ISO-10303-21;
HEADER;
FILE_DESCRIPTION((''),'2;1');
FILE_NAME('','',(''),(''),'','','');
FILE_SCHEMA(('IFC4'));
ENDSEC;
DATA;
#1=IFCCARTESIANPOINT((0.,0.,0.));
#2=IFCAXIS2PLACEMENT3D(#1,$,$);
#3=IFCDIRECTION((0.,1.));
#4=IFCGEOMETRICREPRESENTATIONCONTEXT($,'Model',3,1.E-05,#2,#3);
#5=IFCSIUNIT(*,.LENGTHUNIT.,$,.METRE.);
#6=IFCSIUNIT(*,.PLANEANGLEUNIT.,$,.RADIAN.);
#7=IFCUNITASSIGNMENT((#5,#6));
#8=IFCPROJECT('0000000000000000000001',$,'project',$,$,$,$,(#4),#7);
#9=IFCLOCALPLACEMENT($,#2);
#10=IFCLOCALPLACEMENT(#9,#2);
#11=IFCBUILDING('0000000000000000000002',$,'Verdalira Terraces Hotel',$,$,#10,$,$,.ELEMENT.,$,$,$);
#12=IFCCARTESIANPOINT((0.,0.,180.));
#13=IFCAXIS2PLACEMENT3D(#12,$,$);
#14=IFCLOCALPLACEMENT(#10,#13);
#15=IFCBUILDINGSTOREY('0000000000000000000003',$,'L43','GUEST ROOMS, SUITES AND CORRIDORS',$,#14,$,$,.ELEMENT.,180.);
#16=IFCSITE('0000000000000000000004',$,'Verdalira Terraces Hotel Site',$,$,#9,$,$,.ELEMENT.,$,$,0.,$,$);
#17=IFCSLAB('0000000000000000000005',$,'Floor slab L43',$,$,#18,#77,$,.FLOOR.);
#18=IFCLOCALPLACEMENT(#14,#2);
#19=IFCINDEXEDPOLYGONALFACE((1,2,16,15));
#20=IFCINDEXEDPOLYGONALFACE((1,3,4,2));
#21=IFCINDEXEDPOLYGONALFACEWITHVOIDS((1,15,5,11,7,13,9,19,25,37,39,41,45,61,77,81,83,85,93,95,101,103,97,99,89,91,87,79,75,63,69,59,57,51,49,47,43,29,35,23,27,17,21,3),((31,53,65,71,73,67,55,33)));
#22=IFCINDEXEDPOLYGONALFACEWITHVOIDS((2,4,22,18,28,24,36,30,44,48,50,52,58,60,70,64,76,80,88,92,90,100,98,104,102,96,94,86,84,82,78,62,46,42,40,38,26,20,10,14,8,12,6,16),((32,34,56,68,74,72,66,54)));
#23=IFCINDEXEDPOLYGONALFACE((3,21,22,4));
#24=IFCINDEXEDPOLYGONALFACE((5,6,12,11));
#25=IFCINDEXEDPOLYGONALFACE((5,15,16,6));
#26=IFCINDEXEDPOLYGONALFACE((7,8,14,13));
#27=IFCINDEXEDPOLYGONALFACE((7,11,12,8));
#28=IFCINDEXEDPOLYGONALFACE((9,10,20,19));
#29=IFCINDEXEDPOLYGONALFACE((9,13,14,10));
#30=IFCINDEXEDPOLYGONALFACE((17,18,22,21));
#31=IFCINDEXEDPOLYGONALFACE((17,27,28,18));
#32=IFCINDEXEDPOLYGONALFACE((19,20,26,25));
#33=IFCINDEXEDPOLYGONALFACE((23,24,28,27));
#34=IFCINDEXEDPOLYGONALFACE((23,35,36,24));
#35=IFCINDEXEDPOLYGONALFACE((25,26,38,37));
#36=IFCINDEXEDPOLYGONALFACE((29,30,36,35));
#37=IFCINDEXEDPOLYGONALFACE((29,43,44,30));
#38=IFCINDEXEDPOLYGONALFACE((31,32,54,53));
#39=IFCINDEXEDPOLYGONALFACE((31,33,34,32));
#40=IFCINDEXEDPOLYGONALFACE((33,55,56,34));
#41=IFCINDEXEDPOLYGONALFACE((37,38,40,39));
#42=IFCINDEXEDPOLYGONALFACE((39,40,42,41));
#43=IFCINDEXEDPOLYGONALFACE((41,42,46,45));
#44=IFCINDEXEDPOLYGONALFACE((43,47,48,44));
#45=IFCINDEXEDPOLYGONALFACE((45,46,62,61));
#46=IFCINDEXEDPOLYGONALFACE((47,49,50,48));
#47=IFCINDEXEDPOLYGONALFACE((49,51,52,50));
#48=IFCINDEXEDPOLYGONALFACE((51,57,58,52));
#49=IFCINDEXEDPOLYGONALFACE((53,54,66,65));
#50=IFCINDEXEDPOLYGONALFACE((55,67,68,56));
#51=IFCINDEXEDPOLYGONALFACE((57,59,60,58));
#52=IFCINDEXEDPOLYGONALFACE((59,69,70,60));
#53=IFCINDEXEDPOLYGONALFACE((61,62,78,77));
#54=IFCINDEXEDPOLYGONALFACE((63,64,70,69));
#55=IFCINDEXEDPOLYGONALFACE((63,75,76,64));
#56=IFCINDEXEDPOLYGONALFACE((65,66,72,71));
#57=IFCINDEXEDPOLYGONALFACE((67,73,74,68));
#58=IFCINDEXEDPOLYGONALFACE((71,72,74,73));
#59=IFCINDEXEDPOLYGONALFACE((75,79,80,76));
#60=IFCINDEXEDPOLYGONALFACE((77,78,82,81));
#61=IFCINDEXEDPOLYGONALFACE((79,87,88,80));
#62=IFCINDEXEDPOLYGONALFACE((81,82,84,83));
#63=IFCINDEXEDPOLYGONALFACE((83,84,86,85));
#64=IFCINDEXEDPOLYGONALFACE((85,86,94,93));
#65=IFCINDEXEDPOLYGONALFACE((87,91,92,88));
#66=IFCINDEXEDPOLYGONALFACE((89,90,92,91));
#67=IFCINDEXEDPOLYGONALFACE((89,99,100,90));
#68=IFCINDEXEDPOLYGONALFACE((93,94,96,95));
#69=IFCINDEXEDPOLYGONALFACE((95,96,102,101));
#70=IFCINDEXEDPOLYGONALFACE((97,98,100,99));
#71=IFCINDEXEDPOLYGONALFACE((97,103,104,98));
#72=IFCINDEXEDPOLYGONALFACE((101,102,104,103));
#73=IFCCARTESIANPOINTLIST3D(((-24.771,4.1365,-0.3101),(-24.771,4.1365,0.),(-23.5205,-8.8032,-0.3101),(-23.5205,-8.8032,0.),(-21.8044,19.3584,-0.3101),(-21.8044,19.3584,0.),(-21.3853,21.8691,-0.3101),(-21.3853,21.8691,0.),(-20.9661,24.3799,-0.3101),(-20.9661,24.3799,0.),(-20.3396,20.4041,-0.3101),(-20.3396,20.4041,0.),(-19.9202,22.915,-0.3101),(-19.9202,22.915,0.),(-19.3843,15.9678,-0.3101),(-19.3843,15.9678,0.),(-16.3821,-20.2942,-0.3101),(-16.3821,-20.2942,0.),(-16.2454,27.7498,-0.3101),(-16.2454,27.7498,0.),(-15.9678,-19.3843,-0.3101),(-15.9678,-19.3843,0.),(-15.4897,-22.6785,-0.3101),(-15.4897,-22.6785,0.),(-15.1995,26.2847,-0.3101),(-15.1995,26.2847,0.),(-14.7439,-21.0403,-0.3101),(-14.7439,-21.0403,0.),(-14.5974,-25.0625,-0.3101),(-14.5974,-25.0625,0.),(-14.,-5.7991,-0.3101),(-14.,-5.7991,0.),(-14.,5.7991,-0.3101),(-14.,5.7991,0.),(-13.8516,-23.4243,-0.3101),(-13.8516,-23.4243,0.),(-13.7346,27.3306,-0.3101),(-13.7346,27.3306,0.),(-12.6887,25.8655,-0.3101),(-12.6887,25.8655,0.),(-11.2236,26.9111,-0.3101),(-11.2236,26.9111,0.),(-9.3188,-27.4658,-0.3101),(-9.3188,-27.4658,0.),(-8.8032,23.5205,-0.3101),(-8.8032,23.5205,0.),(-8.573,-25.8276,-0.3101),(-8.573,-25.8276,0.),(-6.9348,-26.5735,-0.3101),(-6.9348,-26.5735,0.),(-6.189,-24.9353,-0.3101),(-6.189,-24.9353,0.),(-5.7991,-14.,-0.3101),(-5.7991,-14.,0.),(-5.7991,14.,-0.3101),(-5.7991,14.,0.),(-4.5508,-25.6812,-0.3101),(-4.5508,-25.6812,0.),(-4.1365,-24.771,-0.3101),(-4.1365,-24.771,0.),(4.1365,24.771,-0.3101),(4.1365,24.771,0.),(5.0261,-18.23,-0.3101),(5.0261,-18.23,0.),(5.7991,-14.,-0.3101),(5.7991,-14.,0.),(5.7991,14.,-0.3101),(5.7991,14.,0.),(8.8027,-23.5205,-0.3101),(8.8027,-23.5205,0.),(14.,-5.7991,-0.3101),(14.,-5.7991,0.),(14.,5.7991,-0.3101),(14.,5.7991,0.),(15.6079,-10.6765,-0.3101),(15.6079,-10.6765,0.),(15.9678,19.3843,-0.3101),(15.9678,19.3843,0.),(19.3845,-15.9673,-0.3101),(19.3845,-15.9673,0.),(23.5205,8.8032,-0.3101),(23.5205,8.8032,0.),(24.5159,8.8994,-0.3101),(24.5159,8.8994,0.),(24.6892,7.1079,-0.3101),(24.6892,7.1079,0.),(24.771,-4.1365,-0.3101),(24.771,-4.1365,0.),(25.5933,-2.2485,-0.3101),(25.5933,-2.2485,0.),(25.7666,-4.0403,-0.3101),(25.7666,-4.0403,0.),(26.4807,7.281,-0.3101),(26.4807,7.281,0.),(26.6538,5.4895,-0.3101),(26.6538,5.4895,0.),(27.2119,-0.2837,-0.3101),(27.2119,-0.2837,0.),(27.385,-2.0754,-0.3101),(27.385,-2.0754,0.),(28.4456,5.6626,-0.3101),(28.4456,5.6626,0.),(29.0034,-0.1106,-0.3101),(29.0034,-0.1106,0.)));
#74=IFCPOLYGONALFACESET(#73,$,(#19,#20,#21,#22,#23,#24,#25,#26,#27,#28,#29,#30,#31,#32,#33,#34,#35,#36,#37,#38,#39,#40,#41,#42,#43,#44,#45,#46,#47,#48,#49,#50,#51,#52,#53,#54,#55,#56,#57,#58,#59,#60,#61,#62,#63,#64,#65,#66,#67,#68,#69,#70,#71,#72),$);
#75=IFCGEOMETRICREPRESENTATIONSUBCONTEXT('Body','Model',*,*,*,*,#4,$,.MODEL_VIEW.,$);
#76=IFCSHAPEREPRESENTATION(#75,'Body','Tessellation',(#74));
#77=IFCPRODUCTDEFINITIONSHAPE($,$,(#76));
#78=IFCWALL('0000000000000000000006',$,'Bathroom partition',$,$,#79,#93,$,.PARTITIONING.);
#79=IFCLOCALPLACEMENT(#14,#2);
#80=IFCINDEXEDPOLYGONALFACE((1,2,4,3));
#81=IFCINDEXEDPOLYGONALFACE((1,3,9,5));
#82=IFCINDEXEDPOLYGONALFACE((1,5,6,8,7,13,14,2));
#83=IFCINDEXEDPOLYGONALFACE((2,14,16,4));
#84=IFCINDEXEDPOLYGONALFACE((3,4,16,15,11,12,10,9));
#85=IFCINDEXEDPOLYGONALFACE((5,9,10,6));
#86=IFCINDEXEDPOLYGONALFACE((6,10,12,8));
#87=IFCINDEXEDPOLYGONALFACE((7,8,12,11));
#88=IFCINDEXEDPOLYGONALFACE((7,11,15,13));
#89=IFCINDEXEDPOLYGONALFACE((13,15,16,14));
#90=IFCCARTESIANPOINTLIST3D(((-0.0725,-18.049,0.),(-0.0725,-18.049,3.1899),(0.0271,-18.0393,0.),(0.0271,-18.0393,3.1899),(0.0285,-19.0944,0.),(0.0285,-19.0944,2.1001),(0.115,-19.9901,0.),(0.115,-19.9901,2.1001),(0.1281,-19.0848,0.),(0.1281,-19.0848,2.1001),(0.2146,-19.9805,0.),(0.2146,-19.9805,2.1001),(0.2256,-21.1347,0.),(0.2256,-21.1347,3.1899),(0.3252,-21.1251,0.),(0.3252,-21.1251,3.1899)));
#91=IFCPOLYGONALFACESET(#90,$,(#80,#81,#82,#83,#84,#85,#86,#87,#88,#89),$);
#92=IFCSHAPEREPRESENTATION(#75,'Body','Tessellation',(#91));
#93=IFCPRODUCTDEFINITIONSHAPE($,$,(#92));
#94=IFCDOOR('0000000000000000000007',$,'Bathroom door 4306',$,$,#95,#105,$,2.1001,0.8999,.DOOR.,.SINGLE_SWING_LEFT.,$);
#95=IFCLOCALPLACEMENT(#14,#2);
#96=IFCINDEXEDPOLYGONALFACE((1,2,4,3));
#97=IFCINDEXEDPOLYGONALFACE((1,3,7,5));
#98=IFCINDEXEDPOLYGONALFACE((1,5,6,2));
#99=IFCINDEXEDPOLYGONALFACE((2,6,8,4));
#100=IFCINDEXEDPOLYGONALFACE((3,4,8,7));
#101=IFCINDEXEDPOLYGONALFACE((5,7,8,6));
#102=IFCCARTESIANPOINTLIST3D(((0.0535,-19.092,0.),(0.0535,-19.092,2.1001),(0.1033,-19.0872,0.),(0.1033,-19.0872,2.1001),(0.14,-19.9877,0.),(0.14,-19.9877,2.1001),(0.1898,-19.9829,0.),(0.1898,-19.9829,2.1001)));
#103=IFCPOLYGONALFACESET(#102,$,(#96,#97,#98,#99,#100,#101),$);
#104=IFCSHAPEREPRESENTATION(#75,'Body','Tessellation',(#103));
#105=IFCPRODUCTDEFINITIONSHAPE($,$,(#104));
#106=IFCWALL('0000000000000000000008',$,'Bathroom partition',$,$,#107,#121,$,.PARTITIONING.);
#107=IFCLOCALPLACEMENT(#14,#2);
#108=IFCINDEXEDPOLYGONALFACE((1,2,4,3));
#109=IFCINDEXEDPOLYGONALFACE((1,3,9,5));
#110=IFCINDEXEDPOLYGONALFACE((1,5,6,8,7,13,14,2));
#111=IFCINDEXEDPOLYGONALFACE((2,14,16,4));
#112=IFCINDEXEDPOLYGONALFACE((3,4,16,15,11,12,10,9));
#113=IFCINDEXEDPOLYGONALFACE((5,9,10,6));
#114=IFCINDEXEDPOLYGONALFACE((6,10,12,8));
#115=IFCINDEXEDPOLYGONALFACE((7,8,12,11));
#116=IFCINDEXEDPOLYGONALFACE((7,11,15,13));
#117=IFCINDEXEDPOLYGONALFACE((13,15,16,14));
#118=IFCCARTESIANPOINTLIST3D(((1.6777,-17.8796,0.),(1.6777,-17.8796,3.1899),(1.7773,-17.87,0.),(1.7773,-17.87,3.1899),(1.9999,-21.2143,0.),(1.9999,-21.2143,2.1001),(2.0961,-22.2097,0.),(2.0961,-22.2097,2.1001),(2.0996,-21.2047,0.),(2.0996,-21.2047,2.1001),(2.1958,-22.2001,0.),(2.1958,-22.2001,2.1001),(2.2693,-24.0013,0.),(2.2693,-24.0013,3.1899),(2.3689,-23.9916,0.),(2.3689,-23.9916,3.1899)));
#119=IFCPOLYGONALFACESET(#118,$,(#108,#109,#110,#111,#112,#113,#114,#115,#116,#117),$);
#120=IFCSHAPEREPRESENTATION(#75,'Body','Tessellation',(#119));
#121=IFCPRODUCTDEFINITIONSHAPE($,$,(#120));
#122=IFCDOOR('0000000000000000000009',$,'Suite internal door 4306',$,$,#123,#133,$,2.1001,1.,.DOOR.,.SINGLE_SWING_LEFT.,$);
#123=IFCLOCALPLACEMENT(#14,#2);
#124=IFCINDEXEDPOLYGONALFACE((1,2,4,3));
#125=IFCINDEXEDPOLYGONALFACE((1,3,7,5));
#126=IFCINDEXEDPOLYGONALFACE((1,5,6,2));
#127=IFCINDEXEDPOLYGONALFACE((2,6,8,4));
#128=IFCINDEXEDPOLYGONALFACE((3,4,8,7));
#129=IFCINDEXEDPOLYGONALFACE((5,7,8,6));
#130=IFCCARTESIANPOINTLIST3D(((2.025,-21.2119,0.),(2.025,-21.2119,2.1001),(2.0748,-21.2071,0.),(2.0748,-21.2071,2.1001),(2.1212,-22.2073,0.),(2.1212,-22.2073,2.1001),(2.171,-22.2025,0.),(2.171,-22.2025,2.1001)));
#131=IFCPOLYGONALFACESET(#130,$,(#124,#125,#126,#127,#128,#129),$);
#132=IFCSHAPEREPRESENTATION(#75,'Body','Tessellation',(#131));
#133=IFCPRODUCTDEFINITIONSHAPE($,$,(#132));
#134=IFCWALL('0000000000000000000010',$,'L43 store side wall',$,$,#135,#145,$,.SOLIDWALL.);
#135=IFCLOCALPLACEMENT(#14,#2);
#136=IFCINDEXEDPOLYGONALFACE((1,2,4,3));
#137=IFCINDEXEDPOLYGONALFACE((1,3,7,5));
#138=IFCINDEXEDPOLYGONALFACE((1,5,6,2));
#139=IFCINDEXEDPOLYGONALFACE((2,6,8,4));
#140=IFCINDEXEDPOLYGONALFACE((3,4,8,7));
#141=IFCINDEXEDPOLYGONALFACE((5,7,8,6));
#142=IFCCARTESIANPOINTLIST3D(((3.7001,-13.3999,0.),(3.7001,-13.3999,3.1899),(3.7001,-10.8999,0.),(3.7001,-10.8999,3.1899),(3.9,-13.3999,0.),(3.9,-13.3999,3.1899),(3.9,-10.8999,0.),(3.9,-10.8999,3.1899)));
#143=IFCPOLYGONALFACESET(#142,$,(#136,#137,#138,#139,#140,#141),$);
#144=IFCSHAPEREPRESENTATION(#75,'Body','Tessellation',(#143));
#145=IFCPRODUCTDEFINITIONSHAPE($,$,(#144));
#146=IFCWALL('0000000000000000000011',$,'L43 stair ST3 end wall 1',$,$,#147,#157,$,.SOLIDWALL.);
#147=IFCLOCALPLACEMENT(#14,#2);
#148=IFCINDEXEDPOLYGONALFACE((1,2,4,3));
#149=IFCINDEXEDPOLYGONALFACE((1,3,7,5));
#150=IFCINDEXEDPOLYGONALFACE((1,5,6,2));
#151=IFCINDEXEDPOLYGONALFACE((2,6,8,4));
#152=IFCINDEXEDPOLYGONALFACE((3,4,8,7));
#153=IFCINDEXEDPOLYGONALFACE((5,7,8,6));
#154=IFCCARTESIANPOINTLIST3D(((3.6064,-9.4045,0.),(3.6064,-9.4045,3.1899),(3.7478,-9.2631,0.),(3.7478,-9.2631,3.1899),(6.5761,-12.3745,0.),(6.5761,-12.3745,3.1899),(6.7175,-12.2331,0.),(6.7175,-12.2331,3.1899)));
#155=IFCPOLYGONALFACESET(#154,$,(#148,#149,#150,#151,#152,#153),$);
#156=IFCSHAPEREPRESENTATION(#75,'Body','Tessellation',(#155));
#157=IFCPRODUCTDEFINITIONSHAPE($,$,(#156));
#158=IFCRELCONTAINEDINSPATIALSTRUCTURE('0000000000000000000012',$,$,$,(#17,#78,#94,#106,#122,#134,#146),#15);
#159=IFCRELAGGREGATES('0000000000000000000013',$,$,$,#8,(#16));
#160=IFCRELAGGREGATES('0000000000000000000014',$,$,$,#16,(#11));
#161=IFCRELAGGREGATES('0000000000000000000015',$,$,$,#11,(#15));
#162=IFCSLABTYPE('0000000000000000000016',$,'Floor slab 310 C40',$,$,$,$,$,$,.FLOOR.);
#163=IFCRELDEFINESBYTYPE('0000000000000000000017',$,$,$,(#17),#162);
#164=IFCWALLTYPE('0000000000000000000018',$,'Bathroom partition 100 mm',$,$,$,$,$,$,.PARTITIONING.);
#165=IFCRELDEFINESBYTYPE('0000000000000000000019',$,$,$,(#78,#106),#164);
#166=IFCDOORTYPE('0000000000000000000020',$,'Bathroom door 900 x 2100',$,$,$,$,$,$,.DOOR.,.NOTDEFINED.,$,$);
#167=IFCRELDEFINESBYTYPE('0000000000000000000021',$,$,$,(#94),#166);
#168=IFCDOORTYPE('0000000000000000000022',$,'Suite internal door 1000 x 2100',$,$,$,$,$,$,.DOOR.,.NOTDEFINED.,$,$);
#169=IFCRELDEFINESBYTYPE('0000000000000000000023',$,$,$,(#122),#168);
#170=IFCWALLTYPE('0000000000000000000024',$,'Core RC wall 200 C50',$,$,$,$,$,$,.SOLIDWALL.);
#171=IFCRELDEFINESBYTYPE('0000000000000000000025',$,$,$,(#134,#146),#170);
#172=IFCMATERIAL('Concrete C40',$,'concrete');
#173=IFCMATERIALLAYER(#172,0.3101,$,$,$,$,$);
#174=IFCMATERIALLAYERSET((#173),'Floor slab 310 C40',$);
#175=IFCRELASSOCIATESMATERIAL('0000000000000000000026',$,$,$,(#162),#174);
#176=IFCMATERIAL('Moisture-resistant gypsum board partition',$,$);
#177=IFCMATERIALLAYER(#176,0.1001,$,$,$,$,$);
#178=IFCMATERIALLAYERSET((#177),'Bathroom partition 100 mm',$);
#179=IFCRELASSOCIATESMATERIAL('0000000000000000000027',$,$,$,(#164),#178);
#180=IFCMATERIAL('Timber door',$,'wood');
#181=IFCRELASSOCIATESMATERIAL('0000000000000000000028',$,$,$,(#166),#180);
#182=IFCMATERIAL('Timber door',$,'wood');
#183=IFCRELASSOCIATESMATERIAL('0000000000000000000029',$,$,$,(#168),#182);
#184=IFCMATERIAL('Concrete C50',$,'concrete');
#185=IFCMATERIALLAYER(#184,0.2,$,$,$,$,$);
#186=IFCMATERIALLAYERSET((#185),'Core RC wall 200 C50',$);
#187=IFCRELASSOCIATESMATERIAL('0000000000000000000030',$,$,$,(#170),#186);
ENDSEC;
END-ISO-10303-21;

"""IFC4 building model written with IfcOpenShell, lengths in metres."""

from ifc_helpers import new_model, si_unit, direction, frame, frame_2d, origin, place, context, subcontext, project, spatial, polyline, rectangle, outline, extrude, material, layer, layer_set, type_object, element, fill, save


model = new_model("IFC4")

# Units and contexts
model_context = context("Model", 3, precision=1e-05, world=origin(), true_north=direction((0.0, 1.0)))
body_context = subcontext(model_context, "Body", "Model", "MODEL_VIEW")
ifc_project = project(units=[si_unit("LENGTHUNIT", "METRE"), si_unit("PLANEANGLEUNIT", "RADIAN")], contexts=[model_context])

# Site, building, storey
site_placement = place(None, origin())
site = spatial("IfcSite", under=ifc_project, at=site_placement, Name="Verdalira Terraces Hotel Site", CompositionType="ELEMENT", RefElevation=0.0)
building_placement = place(site_placement, origin())
building = spatial("IfcBuilding", under=site, at=building_placement, Name="Verdalira Terraces Hotel", CompositionType="ELEMENT")
storey_placement = place(building_placement, frame((0.0, 0.0, 180.0)))
storey = spatial("IfcBuildingStorey", under=building, at=storey_placement, Name="L43", Description="GUEST ROOMS, SUITES AND CORRIDORS", CompositionType="ELEMENT", Elevation=180.0)

# Slab
ifc_material_1 = material(Name="Concrete C40", Category="concrete")
ifc_layer_1 = layer(ifc_material_1, 0.3101)
ifc_layer_set_1 = layer_set([ifc_layer_1], Name="Floor slab 310 C40")
slab_type_1 = type_object("IfcSlabType", Name="Floor slab 310 C40", PredefinedType="FLOOR", material=ifc_layer_set_1)
slab_1_placement = place(storey_placement, frame((0.0, 0.0, -0.3101)))
element("IfcSlab", 1, at=slab_1_placement, inside=storey, type_object=slab_type_1, Name="Floor slab L43", PredefinedType="FLOOR", context=body_context, shape_type="SweptSolid", body=[
    extrude(outline(polyline([(-4.5508, -25.6812), (-4.1365, -24.771), (8.8027, -23.5205), (5.0261, -18.23), (15.6079, -10.6765), (19.3845, -15.9673), (24.771, -4.1365), (25.7666, -4.0403), (25.5933, -2.2485), (27.385, -2.0754), (27.2119, -0.2837), (29.0034, -0.1106), (28.4456, 5.6626), (26.6538, 5.4895), (26.4807, 7.281), (24.6892, 7.1079), (24.5159, 8.8994), (23.5205, 8.8032), (15.9678, 19.3843), (4.1365, 24.771), (-8.8032, 23.5205), (-11.2236, 26.9111), (-12.6887, 25.8655), (-13.7346, 27.3306), (-15.1995, 26.2847), (-16.2454, 27.7498), (-20.9661, 24.3799), (-19.9202, 22.915), (-21.3853, 21.8691), (-20.3396, 20.4041), (-21.8044, 19.3584), (-19.3843, 15.9678), (-24.771, 4.1365), (-23.5205, -8.8032), (-15.9678, -19.3843), (-16.3821, -20.2942), (-14.7439, -21.0403), (-15.4897, -22.6785), (-13.8516, -23.4243), (-14.5974, -25.0625), (-9.3188, -27.4658), (-8.573, -25.8276), (-6.9348, -26.5735), (-6.189, -24.9353), (-4.5508, -25.6812)]), holes=[polyline([(5.7991, 14.0), (14.0, 5.7991), (14.0, -5.7991), (5.7991, -14.0), (-5.7991, -14.0), (-14.0, -5.7991), (-14.0, 5.7991), (-5.7991, 14.0), (5.7991, 14.0)])]), origin(), (0.0, 0.0, 1.0), 0.3101),
])

# Walls, openings, doors
ifc_material_2 = material(Name="Moisture-resistant gypsum board partition")
ifc_layer_2 = layer(ifc_material_2, 0.1001)
ifc_layer_set_2 = layer_set([ifc_layer_2], Name="Bathroom partition 100 mm")
wall_type_1 = type_object("IfcWallType", Name="Bathroom partition 100 mm", PredefinedType="PARTITIONING", material=ifc_layer_set_2)
wall_1_placement = place(storey_placement, frame((0.2754, -21.1299, 0.0), z_axis=(0.0, 0.0, 1.0), x_axis=(-0.096158, 0.995366, 0.0)))
wall_1 = element("IfcWall", 2, at=wall_1_placement, inside=storey, type_object=wall_type_1, Name="Bathroom partition", PredefinedType="PARTITIONING", context=body_context, shape_type="SweptSolid", body=[
    extrude(rectangle(XDim=3.1001, YDim=0.1001, at=frame_2d((1.55, 0.0))), origin(), (0.0, 0.0, 1.0), 3.1899),
])
opening_1_placement = place(wall_1_placement, frame((1.1499, 0.0, 0.0)))
opening_1 = element("IfcOpeningElement", 3, at=opening_1_placement, cuts=wall_1, PredefinedType="OPENING", context=body_context, shape_type="SweptSolid", body=[
    extrude(rectangle(XDim=0.8999, YDim=2.1001, at=frame_2d((0.45, 1.05))), frame((0.0, 0.0601, 0.0), z_axis=(0.0, -1.0, 0.0), x_axis=(1.0, 0.0, 0.0)), (0.0, 0.0, 1.0), 0.1201),
])
ifc_material_3 = material(Name="Timber door", Category="wood")
door_type_1 = type_object("IfcDoorType", Name="Bathroom door 900 x 2100", OperationType="NOTDEFINED", PredefinedType="DOOR", material=ifc_material_3)
door_1_placement = place(opening_1_placement, origin())
door_1 = element("IfcDoor", 4, at=door_1_placement, inside=storey, type_object=door_type_1, Name="Bathroom door 4306", OperationType="SINGLE_SWING_LEFT", OverallHeight=2.1001, OverallWidth=0.8999, PredefinedType="DOOR", context=body_context, shape_type="SweptSolid", body=[
    extrude(rectangle(XDim=0.8999, YDim=2.1001, at=frame_2d((0.45, 1.05))), frame((0.0, 0.0249, 0.0), z_axis=(0.0, -1.0, 0.0), x_axis=(1.0, 0.0, 0.0)), (0.0, 0.0, 1.0), 0.05),
])
fill(opening_1, door_1)
wall_2_placement = place(storey_placement, frame((2.3191, -23.9966, 0.0), z_axis=(0.0, 0.0, 1.0), x_axis=(-0.096186, 0.995363, 0.0)))
wall_2 = element("IfcWall", 5, at=wall_2_placement, inside=storey, type_object=wall_type_1, Name="Bathroom partition", PredefinedType="PARTITIONING", context=body_context, shape_type="SweptSolid", body=[
    extrude(rectangle(XDim=6.1501, YDim=0.1001, at=frame_2d((3.0752, 0.0))), origin(), (0.0, 0.0, 1.0), 3.1899),
])
opening_2_placement = place(wall_2_placement, frame((1.8, 0.0, 0.0)))
opening_2 = element("IfcOpeningElement", 6, at=opening_2_placement, cuts=wall_2, PredefinedType="OPENING", context=body_context, shape_type="SweptSolid", body=[
    extrude(rectangle(XDim=1.0, YDim=2.1001, at=frame_2d((0.5, 1.05))), frame((0.0, 0.0601, 0.0), z_axis=(0.0, -1.0, 0.0), x_axis=(1.0, 0.0, 0.0)), (0.0, 0.0, 1.0), 0.1201),
])
ifc_material_4 = material(Name="Timber door", Category="wood")
door_type_2 = type_object("IfcDoorType", Name="Suite internal door 1000 x 2100", OperationType="NOTDEFINED", PredefinedType="DOOR", material=ifc_material_4)
door_2_placement = place(opening_2_placement, origin())
door_2 = element("IfcDoor", 7, at=door_2_placement, inside=storey, type_object=door_type_2, Name="Suite internal door 4306", OperationType="SINGLE_SWING_LEFT", OverallHeight=2.1001, OverallWidth=1.0, PredefinedType="DOOR", context=body_context, shape_type="SweptSolid", body=[
    extrude(rectangle(XDim=1.0, YDim=2.1001, at=frame_2d((0.5, 1.05))), frame((0.0, 0.0249, 0.0), z_axis=(0.0, -1.0, 0.0), x_axis=(1.0, 0.0, 0.0)), (0.0, 0.0, 1.0), 0.05),
])
fill(opening_2, door_2)

# Walls
ifc_material_5 = material(Name="Concrete C50", Category="concrete")
ifc_layer_3 = layer(ifc_material_5, 0.2)
ifc_layer_set_3 = layer_set([ifc_layer_3], Name="Core RC wall 200 C50")
wall_type_2 = type_object("IfcWallType", Name="Core RC wall 200 C50", PredefinedType="SOLIDWALL", material=ifc_layer_set_3)
wall_3_placement = place(storey_placement, frame((3.8, -10.8999, 0.0), z_axis=(0.0, 0.0, 1.0), x_axis=(0.0, -1.0, 0.0)))
element("IfcWall", 8, at=wall_3_placement, inside=storey, type_object=wall_type_2, Name="L43 store side wall", PredefinedType="SOLIDWALL", context=body_context, shape_type="SweptSolid", body=[
    extrude(rectangle(XDim=2.5, YDim=0.2, at=frame_2d((1.25, 0.0))), origin(), (0.0, 0.0, 1.0), 3.1899),
])
wall_4_placement = place(storey_placement, frame((3.677, -9.3337, 0.0), z_axis=(0.0, 0.0, 1.0), x_axis=(0.707078, -0.707136, 0.0)))
element("IfcWall", 9, at=wall_4_placement, inside=storey, type_object=wall_type_2, Name="L43 stair ST3 end wall 1", PredefinedType="SOLIDWALL", context=body_context, shape_type="SweptSolid", body=[
    extrude(rectangle(XDim=4.2, YDim=0.2, at=frame_2d((2.1001, 0.0))), origin(), (0.0, 0.0, 1.0), 3.1899),
])

save(model, "model.ifc")
